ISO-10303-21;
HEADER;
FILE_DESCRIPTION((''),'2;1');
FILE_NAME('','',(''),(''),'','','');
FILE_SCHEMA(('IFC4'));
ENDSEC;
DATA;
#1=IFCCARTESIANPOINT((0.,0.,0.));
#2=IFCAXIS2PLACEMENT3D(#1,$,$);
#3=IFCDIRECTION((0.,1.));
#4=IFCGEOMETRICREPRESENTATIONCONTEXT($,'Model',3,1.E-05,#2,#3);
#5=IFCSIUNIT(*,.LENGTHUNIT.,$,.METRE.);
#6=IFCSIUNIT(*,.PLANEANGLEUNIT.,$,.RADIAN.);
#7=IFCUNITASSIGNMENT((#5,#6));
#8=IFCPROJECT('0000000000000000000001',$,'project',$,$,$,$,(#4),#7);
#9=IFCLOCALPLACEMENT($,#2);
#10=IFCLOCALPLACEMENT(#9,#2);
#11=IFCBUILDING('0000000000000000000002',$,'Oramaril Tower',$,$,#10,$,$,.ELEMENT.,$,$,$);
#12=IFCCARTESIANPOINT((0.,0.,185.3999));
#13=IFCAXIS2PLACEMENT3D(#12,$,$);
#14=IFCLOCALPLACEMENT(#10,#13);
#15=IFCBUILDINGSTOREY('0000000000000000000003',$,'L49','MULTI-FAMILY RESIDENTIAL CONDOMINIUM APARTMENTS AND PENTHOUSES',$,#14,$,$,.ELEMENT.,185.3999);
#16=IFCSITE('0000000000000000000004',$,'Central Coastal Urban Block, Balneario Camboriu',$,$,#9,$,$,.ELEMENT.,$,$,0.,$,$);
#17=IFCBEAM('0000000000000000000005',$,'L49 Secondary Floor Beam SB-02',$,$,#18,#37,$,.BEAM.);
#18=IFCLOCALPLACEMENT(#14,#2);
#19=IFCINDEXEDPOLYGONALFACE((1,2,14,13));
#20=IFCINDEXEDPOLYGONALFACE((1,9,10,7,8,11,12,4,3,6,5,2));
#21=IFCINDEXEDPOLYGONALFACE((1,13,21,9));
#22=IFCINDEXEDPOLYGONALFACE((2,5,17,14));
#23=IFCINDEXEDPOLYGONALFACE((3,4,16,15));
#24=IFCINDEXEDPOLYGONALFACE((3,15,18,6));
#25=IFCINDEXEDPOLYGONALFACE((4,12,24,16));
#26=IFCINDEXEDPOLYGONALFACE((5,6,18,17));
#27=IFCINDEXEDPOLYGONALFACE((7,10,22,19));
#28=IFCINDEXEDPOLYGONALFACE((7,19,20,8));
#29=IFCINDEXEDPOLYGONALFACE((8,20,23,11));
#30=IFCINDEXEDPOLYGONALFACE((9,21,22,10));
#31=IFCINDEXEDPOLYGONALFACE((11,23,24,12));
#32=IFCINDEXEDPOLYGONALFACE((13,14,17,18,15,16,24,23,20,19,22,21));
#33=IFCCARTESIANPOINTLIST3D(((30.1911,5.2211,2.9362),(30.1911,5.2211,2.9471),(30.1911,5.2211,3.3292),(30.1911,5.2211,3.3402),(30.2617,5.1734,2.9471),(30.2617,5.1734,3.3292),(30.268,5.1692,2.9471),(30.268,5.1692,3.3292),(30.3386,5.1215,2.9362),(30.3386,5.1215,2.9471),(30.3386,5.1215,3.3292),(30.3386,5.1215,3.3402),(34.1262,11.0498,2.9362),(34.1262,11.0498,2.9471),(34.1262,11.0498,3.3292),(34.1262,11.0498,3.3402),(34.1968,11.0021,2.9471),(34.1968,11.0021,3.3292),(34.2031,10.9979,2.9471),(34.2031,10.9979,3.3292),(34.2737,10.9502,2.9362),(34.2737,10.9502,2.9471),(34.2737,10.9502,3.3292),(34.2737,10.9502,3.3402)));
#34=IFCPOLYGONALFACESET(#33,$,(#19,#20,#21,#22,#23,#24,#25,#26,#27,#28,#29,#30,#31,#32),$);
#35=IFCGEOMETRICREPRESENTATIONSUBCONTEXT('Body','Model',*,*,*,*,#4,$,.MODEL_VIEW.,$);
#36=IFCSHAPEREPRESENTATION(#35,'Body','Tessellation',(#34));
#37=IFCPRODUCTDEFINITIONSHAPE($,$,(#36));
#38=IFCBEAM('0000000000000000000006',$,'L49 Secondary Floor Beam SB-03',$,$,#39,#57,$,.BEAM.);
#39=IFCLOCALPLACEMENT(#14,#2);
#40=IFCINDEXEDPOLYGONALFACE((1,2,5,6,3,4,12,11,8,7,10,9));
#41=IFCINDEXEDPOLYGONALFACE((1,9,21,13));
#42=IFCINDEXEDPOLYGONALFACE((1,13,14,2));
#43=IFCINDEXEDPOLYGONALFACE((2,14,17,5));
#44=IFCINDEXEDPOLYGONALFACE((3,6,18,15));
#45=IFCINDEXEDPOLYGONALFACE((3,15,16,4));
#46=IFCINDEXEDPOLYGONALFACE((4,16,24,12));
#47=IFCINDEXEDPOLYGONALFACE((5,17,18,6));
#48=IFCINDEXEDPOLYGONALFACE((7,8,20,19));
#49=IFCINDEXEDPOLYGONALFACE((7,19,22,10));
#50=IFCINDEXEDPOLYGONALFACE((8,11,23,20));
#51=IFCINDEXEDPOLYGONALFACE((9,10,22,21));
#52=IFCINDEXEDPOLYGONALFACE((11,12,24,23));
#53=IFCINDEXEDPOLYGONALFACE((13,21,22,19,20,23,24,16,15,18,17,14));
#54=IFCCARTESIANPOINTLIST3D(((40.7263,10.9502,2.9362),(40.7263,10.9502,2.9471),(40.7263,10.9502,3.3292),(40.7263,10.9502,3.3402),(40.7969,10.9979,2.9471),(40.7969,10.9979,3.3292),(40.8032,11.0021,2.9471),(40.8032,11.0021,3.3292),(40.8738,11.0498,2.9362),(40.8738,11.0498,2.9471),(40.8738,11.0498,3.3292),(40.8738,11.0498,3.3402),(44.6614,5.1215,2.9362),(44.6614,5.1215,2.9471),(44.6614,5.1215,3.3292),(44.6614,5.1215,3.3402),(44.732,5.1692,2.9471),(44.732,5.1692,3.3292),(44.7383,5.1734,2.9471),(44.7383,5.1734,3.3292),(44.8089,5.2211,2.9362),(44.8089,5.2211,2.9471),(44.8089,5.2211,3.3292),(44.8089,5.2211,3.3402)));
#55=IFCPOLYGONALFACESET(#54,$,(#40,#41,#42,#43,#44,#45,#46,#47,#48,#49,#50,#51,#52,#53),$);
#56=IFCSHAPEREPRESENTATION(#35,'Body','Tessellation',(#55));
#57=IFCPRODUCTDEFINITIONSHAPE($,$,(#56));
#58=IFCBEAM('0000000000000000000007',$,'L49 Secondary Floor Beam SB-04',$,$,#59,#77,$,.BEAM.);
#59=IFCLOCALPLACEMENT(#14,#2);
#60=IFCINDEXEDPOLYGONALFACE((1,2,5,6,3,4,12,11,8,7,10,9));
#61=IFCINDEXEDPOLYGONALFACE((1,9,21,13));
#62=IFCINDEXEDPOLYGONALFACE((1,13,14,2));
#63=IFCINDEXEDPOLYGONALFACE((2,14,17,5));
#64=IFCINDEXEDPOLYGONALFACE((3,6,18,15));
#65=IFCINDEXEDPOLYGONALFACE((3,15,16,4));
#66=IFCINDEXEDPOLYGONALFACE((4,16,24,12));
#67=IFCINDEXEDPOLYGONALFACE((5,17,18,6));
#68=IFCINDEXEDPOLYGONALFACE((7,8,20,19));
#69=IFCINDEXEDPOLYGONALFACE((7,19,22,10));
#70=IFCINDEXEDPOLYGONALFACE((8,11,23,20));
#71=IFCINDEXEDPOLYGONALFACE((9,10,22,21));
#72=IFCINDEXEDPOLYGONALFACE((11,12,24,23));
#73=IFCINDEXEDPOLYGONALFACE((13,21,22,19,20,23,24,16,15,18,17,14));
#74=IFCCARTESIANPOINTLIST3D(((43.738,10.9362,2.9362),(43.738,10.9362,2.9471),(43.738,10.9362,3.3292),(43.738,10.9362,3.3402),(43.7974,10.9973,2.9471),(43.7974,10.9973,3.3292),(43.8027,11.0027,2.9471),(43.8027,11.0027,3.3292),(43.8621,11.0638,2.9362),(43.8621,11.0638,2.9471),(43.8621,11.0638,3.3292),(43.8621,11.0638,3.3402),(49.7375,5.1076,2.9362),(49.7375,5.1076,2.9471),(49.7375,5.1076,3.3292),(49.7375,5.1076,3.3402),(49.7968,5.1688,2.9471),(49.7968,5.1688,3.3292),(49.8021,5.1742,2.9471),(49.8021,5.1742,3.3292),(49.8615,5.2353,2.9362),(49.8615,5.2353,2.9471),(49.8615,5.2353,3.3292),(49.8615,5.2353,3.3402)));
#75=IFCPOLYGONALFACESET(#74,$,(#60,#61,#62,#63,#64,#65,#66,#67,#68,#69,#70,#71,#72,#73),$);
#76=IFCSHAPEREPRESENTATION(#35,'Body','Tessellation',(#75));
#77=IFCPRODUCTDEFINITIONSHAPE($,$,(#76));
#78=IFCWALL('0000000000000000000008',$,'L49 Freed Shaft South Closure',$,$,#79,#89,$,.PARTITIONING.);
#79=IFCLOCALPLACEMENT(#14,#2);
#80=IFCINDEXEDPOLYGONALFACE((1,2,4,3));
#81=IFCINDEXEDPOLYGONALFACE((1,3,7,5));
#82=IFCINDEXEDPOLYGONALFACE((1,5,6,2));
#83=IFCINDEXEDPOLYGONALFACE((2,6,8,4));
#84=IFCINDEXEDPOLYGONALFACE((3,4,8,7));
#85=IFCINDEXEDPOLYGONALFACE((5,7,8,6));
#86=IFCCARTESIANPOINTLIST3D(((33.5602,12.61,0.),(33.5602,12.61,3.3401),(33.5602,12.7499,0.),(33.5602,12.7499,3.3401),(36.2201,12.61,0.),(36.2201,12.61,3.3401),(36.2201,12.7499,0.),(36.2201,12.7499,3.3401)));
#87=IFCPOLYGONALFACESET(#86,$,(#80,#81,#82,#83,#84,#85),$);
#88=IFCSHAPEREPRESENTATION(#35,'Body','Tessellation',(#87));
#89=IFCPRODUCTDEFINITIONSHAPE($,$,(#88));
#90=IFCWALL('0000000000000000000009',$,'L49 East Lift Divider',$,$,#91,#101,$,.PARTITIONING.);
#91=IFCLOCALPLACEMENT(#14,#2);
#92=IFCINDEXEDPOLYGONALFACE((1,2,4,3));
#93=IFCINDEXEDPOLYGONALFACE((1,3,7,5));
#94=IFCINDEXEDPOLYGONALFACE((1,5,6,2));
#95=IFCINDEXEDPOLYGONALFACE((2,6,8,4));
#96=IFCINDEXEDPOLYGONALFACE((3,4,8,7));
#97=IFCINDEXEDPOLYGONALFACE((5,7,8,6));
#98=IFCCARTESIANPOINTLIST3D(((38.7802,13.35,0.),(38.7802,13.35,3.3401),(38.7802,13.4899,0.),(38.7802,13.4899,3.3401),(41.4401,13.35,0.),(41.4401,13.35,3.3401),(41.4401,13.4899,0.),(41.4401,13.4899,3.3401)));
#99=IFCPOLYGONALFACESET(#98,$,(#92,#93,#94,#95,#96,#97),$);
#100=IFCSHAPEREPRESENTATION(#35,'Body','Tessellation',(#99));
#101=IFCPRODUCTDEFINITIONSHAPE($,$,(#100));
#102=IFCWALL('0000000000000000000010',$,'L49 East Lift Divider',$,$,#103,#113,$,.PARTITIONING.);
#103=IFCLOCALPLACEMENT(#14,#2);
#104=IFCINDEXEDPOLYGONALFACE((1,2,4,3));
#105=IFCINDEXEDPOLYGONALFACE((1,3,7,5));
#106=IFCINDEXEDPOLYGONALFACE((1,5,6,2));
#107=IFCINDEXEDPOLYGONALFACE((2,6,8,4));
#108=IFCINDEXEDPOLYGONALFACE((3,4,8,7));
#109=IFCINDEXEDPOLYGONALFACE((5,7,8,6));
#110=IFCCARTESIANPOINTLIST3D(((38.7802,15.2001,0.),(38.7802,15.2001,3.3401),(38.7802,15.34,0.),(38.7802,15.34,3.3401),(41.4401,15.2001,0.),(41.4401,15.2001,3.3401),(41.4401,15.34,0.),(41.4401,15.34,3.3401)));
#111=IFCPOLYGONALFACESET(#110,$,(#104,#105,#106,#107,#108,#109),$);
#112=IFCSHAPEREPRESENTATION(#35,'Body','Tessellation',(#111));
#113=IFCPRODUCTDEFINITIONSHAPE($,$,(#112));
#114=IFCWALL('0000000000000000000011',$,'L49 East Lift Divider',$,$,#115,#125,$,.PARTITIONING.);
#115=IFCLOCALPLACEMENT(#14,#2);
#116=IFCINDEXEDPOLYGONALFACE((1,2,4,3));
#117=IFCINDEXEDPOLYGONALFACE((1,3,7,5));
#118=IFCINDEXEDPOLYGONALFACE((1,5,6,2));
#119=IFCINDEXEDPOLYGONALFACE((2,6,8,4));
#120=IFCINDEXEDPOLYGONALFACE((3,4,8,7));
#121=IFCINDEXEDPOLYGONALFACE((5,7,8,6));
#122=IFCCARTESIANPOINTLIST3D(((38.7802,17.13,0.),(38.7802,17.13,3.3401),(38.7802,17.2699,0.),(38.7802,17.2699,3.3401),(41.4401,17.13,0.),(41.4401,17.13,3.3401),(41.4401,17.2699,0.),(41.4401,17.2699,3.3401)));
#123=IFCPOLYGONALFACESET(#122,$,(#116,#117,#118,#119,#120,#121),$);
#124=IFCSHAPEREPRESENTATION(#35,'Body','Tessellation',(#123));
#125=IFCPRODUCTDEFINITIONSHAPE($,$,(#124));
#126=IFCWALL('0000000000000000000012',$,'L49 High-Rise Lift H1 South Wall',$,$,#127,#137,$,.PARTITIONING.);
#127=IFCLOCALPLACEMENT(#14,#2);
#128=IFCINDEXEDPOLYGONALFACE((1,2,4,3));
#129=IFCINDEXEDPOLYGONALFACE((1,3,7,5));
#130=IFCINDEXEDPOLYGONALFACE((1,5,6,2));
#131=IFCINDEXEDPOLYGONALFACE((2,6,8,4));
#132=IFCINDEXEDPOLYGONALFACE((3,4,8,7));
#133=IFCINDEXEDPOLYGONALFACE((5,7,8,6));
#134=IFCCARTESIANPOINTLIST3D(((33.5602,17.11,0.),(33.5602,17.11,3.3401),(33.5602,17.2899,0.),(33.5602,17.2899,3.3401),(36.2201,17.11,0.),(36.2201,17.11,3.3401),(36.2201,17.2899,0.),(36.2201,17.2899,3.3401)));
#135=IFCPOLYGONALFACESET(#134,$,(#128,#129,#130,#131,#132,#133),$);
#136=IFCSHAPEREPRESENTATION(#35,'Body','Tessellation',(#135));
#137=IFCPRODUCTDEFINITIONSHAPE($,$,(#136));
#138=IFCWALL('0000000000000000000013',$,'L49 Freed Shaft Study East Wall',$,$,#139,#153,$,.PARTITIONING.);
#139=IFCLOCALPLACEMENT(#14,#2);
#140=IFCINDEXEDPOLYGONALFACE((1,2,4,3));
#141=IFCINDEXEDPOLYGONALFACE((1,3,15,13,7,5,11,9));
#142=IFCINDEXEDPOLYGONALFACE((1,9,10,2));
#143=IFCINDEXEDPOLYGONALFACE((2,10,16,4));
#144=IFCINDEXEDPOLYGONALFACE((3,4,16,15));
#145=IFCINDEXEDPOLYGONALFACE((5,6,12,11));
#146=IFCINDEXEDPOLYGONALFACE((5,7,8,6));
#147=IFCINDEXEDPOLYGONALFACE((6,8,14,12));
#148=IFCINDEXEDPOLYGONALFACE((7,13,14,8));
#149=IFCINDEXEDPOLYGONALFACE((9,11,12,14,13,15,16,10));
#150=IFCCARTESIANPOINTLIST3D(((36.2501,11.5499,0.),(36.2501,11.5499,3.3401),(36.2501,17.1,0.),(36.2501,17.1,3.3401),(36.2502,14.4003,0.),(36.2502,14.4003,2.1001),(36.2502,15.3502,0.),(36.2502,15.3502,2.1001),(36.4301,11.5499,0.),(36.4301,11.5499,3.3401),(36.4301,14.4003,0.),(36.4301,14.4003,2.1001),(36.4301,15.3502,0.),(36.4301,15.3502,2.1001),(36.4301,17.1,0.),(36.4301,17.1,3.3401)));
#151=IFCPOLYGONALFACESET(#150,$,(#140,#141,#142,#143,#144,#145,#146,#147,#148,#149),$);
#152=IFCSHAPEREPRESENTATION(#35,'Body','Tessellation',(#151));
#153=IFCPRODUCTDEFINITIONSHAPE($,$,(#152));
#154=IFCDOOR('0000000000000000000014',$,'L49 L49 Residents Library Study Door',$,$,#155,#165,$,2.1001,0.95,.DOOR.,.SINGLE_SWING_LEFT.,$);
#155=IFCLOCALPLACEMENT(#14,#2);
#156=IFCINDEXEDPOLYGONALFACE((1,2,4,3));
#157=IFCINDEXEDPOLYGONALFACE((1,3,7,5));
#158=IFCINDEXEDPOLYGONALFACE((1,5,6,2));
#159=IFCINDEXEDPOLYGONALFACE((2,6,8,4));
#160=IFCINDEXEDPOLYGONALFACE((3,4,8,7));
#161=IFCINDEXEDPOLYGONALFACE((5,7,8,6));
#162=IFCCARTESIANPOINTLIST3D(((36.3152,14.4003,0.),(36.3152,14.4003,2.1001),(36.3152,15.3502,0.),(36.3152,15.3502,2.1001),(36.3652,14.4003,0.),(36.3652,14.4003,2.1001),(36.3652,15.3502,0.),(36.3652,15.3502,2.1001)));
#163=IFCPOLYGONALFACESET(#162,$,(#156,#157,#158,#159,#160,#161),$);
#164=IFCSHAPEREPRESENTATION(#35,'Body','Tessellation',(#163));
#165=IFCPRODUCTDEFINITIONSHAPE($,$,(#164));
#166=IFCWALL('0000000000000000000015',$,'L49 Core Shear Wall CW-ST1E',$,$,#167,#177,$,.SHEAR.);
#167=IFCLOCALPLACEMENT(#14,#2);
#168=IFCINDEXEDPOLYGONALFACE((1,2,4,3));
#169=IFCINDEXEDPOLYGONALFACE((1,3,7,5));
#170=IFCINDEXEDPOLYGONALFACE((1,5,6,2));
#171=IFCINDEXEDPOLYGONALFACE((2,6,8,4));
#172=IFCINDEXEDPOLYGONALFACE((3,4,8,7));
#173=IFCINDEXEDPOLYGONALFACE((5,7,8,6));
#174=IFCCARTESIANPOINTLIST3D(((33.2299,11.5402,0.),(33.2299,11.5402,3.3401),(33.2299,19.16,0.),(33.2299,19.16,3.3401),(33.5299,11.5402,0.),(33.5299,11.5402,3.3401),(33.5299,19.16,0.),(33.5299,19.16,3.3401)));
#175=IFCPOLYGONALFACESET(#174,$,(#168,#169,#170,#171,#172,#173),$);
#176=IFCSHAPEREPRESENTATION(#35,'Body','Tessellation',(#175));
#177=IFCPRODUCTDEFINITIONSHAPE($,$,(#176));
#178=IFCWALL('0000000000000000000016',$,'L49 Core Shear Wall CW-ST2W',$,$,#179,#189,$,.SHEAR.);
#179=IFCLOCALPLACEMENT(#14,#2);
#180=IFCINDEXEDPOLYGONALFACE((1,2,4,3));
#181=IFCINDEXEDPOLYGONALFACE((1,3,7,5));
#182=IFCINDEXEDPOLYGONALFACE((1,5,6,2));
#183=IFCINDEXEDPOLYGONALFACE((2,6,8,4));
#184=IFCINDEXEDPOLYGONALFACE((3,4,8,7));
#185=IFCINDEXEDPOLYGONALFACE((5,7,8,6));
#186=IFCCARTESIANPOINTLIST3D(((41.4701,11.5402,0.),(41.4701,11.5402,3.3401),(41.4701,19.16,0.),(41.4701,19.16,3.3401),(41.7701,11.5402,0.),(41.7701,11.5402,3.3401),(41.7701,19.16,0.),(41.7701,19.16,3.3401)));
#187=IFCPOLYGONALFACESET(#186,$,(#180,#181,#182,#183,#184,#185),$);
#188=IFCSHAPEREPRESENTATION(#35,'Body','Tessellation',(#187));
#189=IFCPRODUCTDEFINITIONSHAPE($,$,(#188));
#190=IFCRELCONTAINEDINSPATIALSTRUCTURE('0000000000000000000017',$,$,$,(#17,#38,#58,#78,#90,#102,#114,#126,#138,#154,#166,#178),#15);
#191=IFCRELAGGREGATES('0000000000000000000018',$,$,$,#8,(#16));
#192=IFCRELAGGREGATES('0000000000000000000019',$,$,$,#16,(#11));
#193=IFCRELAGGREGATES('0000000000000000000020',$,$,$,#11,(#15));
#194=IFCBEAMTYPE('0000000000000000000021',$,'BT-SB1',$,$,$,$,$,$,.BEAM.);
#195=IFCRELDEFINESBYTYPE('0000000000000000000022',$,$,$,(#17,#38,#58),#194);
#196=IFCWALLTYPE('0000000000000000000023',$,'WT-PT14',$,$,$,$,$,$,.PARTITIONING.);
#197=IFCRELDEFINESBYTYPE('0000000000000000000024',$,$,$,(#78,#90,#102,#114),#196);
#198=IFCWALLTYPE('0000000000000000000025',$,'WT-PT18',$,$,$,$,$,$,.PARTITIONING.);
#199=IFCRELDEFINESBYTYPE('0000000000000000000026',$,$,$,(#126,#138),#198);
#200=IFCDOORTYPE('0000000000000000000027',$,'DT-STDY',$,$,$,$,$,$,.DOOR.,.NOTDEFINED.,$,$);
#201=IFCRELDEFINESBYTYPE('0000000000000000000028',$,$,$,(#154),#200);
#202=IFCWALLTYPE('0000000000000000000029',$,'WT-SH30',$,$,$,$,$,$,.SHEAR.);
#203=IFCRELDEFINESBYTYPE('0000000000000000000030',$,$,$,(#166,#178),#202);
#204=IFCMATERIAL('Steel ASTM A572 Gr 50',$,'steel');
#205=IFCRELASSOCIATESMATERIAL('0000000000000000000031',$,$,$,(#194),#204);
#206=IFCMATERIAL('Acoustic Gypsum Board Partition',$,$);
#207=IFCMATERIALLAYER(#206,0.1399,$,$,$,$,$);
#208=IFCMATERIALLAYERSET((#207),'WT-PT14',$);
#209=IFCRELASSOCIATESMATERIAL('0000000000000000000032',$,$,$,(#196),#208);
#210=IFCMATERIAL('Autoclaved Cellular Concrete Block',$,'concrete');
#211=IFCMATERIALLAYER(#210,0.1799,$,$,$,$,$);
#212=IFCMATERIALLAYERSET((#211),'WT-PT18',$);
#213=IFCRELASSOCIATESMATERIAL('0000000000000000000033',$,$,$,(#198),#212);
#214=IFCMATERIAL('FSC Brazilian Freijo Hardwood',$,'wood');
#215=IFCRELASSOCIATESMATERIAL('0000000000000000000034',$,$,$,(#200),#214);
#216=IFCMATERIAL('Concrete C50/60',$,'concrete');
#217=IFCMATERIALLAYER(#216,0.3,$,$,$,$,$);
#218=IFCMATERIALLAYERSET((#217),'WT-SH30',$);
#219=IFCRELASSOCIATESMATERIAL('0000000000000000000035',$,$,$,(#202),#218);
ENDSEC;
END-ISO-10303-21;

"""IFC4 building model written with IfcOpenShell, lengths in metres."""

from ifc_helpers import new_model, si_unit, direction, frame, frame_2d, origin, origin_2d, place, context, subcontext, project, spatial, rectangle, i_section, extrude, material, layer, layer_set, material_profile, profile_set, type_object, element, fill, save


model = new_model("IFC4")

# Units and contexts
model_context = context("Model", 3, precision=1e-05, world=origin(), true_north=direction((0.0, 1.0)))
body_context = subcontext(model_context, "Body", "Model", "MODEL_VIEW")
ifc_project = project(units=[si_unit("LENGTHUNIT", "METRE"), si_unit("PLANEANGLEUNIT", "RADIAN")], contexts=[model_context])

# Site, building, storey
site_placement = place(None, origin())
site = spatial("IfcSite", under=ifc_project, at=site_placement, Name="Central Coastal Urban Block, Balneario Camboriu", CompositionType="ELEMENT", RefElevation=0.0)
building_placement = place(site_placement, origin())
building = spatial("IfcBuilding", under=site, at=building_placement, Name="Oramaril Tower", CompositionType="ELEMENT")
storey_placement = place(building_placement, frame((0.0, 0.0, 185.3999)))
storey = spatial("IfcBuildingStorey", under=building, at=storey_placement, Name="L49", Description="MULTI-FAMILY RESIDENTIAL CONDOMINIUM APARTMENTS AND PENTHOUSES", CompositionType="ELEMENT", Elevation=185.3999)

# Beams
ifc_material_1 = material(Name="Steel ASTM A572 Gr 50", Category="steel")
ifc_material_profile = material_profile(ifc_material_1, i_section(OverallWidth=0.178, OverallDepth=0.4041, WebThickness=0.0076, FlangeThickness=0.011, at=origin_2d()), Name="W16X36")
ifc_profile_set = profile_set([ifc_material_profile], Name="Steel ASTM A572 Gr 50")
beam_type = type_object("IfcBeamType", Name="BT-SB1", PredefinedType="BEAM", material=ifc_profile_set)
for number, where, z_axis, x_axis, name in (
    (1, (34.2, 11.0, 3.1382), (-0.559546, -0.8288, 0.0), (0.8288, -0.559546, 0.0), "L49 Secondary Floor Beam SB-02"),
    (2, (40.8, 11.0, 3.1382), (0.559546, -0.8288, 0.0), (0.8288, 0.559546, 0.0), "L49 Secondary Floor Beam SB-03"),
):
    element("IfcBeam", number, at=place(storey_placement, frame(where, z_axis=z_axis, x_axis=x_axis)), inside=storey, type_object=beam_type, Name=name, PredefinedType="BEAM", context=body_context, shape_type="SweptSolid", body=[
        extrude(i_section(OverallWidth=0.178, OverallDepth=0.4041, WebThickness=0.0076, FlangeThickness=0.011, at=origin_2d()), origin(), (0.0, 0.0, 1.0), 7.0327),
    ])
beam_placement = place(storey_placement, frame((43.8, 11.0, 3.1382), z_axis=(0.717249, -0.696817, 0.0), x_axis=(0.696817, 0.717249, 0.0)))
element("IfcBeam", 3, at=beam_placement, inside=storey, type_object=beam_type, Name="L49 Secondary Floor Beam SB-04", PredefinedType="BEAM", context=body_context, shape_type="SweptSolid", body=[
    extrude(i_section(OverallWidth=0.178, OverallDepth=0.4041, WebThickness=0.0076, FlangeThickness=0.011, at=origin_2d()), origin(), (0.0, 0.0, 1.0), 8.3645),
])

# Walls
ifc_material_2 = material(Name="Acoustic Gypsum Board Partition")
ifc_layer_1 = layer(ifc_material_2, 0.1399)
ifc_layer_set_1 = layer_set([ifc_layer_1], Name="WT-PT14")
wall_type_1 = type_object("IfcWallType", Name="WT-PT14", PredefinedType="PARTITIONING", material=ifc_layer_set_1)
for number, where, z_axis, x_axis, name in (
    (4, (33.5601, 12.6799, 0.0), (0.0, 0.0, 1.0), (1.0, 0.0, 0.0), "L49 Freed Shaft South Closure"),
    (5, (38.78, 13.4199, 0.0), (0.0, 0.0, 1.0), (1.0, 0.0, 0.0), "L49 East Lift Divider"),
    (6, (38.78, 15.27, 0.0), (0.0, 0.0, 1.0), (1.0, 0.0, 0.0), "L49 East Lift Divider"),
    (7, (38.78, 17.2, 0.0), (0.0, 0.0, 1.0), (1.0, 0.0, 0.0), "L49 East Lift Divider"),
):
    element("IfcWall", number, at=place(storey_placement, frame(where, z_axis=z_axis, x_axis=x_axis)), inside=storey, type_object=wall_type_1, Name=name, PredefinedType="PARTITIONING", context=body_context, shape_type="SweptSolid", body=[
        extrude(rectangle(XDim=2.6599, YDim=0.1399, at=frame_2d((1.3301, 0.0))), origin(), (0.0, 0.0, 1.0), 3.3401),
    ])
ifc_material_3 = material(Name="Autoclaved Cellular Concrete Block", Category="concrete")
ifc_layer_2 = layer(ifc_material_3, 0.1799)
ifc_layer_set_2 = layer_set([ifc_layer_2], Name="WT-PT18")
wall_type_2 = type_object("IfcWallType", Name="WT-PT18", PredefinedType="PARTITIONING", material=ifc_layer_set_2)
wall_1_placement = place(storey_placement, frame((33.5601, 17.2, 0.0), z_axis=(0.0, 0.0, 1.0), x_axis=(1.0, 0.0, 0.0)))
element("IfcWall", 8, at=wall_1_placement, inside=storey, type_object=wall_type_2, Name="L49 High-Rise Lift H1 South Wall", PredefinedType="PARTITIONING", context=body_context, shape_type="SweptSolid", body=[
    extrude(rectangle(XDim=2.6599, YDim=0.1799, at=frame_2d((1.3301, 0.0))), origin(), (0.0, 0.0, 1.0), 3.3401),
])

# Wall, opening, door
wall_2_placement = place(storey_placement, frame((36.3401, 11.55, 0.0), z_axis=(0.0, 0.0, 1.0), x_axis=(0.0, 1.0, 0.0)))
wall_2 = element("IfcWall", 9, at=wall_2_placement, inside=storey, type_object=wall_type_2, Name="L49 Freed Shaft Study East Wall", PredefinedType="PARTITIONING", context=body_context, shape_type="SweptSolid", body=[
    extrude(rectangle(XDim=5.55, YDim=0.1799, at=frame_2d((2.7749, 0.0))), origin(), (0.0, 0.0, 1.0), 3.3401),
])
opening_1_placement = place(wall_2_placement, frame((2.8501, 0.0, 0.0)))
opening_1 = element("IfcOpeningElement", 10, at=opening_1_placement, cuts=wall_2, PredefinedType="OPENING", context=body_context, shape_type="SweptSolid", body=[
    extrude(rectangle(XDim=0.95, YDim=2.1001, at=frame_2d((0.4751, 1.05))), frame((0.0, 0.0898, 0.0), z_axis=(0.0, -1.0, 0.0), x_axis=(1.0, 0.0, 0.0)), (0.0, 0.0, 1.0), 0.1799),
])
ifc_material_4 = material(Name="FSC Brazilian Freijo Hardwood", Category="wood")
door_type_1 = type_object("IfcDoorType", Name="DT-STDY", OperationType="NOTDEFINED", PredefinedType="DOOR", material=ifc_material_4)
door_1_placement = place(opening_1_placement, origin())
door_1 = element("IfcDoor", 11, at=door_1_placement, inside=storey, type_object=door_type_1, Name="L49 L49 Residents Library Study Door", OperationType="SINGLE_SWING_LEFT", OverallHeight=2.1001, OverallWidth=0.95, PredefinedType="DOOR", context=body_context, shape_type="SweptSolid", body=[
    extrude(rectangle(XDim=0.95, YDim=2.1001, at=frame_2d((0.4751, 1.05))), frame((0.0, 0.0249, 0.0), z_axis=(0.0, -1.0, 0.0), x_axis=(1.0, 0.0, 0.0)), (0.0, 0.0, 1.0), 0.05),
])
fill(opening_1, door_1)

# Walls
ifc_material_5 = material(Name="Concrete C50/60", Category="concrete")
ifc_layer_3 = layer(ifc_material_5, 0.3)
ifc_layer_set_3 = layer_set([ifc_layer_3], Name="WT-SH30")
wall_type_3 = type_object("IfcWallType", Name="WT-SH30", PredefinedType="SHEAR", material=ifc_layer_set_3)
for number, where, z_axis, x_axis, name in (
    (12, (33.3799, 11.54, 0.0), (0.0, 0.0, 1.0), (0.0, 1.0, 0.0), "L49 Core Shear Wall CW-ST1E"),
    (13, (41.6201, 11.54, 0.0), (0.0, 0.0, 1.0), (0.0, 1.0, 0.0), "L49 Core Shear Wall CW-ST2W"),
):
    element("IfcWall", number, at=place(storey_placement, frame(where, z_axis=z_axis, x_axis=x_axis)), inside=storey, type_object=wall_type_3, Name=name, PredefinedType="SHEAR", context=body_context, shape_type="SweptSolid", body=[
        extrude(rectangle(XDim=7.6199, YDim=0.3, at=frame_2d((3.8101, 0.0))), origin(), (0.0, 0.0, 1.0), 3.3401),
    ])

save(model, "model.ifc")
